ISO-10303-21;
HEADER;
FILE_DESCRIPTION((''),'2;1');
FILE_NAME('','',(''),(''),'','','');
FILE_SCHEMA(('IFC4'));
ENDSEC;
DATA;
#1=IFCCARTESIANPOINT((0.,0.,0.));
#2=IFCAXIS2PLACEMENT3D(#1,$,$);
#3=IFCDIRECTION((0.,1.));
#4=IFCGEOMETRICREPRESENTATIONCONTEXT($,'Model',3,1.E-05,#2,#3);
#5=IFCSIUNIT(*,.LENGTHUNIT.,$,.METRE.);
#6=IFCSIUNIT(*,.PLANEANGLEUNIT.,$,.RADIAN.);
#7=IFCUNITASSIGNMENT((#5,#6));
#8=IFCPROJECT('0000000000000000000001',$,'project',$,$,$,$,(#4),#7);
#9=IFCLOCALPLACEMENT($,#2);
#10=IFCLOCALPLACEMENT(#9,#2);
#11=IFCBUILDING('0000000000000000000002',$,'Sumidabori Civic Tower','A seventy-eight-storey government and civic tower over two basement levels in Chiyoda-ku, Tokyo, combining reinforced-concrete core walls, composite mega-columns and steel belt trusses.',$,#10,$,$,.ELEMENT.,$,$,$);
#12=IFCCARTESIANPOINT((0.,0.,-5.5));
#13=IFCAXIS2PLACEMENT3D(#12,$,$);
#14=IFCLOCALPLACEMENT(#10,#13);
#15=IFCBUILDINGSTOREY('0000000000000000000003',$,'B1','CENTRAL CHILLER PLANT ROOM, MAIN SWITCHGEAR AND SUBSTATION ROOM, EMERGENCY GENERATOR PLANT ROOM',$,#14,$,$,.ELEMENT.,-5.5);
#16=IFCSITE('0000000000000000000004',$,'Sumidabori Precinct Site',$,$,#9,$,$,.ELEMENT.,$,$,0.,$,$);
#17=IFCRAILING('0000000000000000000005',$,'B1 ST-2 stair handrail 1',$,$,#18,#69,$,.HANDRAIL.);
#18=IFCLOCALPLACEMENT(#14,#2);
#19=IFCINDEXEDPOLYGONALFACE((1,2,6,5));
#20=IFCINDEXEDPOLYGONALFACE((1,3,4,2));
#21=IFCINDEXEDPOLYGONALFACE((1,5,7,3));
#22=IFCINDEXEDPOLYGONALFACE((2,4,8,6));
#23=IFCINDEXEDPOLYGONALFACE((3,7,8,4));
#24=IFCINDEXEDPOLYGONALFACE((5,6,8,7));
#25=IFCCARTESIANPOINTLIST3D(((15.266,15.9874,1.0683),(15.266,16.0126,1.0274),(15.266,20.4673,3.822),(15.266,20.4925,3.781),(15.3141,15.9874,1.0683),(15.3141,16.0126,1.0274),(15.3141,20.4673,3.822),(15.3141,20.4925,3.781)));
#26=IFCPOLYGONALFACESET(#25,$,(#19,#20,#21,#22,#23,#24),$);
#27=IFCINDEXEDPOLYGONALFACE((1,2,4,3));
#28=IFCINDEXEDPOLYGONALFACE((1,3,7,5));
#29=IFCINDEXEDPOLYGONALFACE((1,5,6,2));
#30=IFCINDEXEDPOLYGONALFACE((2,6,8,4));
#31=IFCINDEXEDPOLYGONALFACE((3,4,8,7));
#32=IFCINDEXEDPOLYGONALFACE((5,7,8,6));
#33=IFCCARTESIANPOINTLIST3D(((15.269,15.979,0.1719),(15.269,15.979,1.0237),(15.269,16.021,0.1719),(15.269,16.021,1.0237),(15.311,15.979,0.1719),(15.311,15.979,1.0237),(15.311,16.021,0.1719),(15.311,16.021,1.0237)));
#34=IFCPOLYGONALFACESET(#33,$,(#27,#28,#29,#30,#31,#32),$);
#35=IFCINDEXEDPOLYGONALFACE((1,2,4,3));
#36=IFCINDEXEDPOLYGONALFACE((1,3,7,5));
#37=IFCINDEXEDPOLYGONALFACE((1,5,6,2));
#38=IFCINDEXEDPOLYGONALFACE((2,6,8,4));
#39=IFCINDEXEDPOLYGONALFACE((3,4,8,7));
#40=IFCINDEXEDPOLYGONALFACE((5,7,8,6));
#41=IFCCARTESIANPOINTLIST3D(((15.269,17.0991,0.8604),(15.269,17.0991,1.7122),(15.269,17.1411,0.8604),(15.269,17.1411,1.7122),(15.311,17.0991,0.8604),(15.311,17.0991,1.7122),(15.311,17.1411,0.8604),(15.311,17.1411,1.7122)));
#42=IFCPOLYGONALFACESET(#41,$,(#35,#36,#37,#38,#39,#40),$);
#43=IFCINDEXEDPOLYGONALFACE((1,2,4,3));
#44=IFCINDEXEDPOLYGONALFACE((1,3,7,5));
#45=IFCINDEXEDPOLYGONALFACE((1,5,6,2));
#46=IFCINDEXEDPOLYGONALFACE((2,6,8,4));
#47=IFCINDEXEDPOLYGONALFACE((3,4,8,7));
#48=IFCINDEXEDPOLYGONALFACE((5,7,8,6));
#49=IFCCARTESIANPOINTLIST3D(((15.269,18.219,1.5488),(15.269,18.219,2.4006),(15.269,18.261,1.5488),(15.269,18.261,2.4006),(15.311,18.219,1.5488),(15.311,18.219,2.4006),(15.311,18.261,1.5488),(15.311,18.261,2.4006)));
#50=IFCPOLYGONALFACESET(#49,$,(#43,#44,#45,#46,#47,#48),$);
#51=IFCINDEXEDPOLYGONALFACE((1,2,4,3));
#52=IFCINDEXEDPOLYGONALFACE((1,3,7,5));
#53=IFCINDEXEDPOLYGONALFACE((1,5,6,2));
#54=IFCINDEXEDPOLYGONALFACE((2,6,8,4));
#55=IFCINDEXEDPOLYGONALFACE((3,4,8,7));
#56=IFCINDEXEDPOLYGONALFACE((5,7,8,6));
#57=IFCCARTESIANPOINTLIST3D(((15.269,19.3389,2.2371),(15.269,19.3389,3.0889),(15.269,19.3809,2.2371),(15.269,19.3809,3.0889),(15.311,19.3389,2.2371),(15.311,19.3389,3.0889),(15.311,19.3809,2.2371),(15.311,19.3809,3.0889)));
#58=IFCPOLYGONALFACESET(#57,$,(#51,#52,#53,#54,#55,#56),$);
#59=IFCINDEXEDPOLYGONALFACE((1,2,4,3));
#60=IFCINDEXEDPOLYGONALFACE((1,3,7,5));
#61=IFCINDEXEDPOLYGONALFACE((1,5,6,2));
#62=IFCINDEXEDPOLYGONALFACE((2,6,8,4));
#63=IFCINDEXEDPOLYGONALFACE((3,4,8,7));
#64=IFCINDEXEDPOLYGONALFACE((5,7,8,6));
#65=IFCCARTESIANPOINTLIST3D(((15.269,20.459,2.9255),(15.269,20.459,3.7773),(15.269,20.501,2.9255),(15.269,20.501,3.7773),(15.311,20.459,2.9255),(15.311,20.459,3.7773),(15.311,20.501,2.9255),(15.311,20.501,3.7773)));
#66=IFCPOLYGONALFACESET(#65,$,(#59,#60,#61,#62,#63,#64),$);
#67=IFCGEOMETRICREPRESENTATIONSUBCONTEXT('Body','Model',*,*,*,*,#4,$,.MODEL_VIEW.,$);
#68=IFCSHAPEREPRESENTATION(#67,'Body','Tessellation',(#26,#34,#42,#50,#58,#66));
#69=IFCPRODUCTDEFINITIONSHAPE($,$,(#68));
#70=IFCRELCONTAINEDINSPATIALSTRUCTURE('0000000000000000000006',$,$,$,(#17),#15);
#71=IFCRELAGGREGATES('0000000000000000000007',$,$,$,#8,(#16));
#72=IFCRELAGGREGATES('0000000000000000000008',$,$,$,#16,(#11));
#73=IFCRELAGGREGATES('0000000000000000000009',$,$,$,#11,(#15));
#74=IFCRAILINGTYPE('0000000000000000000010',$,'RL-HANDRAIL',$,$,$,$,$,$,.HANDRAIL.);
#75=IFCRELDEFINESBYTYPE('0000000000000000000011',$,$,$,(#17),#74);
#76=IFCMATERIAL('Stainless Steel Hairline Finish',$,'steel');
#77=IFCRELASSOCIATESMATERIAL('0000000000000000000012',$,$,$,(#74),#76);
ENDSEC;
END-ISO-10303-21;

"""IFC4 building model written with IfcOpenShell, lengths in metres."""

from ifc_helpers import new_model, si_unit, direction, frame, origin, origin_2d, place, context, subcontext, project, spatial, rectangle, extrude, material, type_object, element, save


model = new_model("IFC4")

# Units and contexts
model_context = context("Model", 3, precision=1e-05, world=origin(), true_north=direction((0.0, 1.0)))
body_context = subcontext(model_context, "Body", "Model", "MODEL_VIEW")
ifc_project = project(units=[si_unit("LENGTHUNIT", "METRE"), si_unit("PLANEANGLEUNIT", "RADIAN")], contexts=[model_context])

# Site, building, storey
site_placement = place(None, origin())
site = spatial("IfcSite", under=ifc_project, at=site_placement, Name="Sumidabori Precinct Site", CompositionType="ELEMENT", RefElevation=0.0)
building_placement = place(site_placement, origin())
building = spatial("IfcBuilding", under=site, at=building_placement, Name="Sumidabori Civic Tower", Description="A seventy-eight-storey government and civic tower over two basement levels in Chiyoda-ku, Tokyo, combining reinforced-concrete core walls, composite mega-columns and steel belt trusses.", CompositionType="ELEMENT")
storey_placement = place(building_placement, frame((0.0, 0.0, -5.5)))
storey = spatial("IfcBuildingStorey", under=building, at=storey_placement, Name="B1", Description="CENTRAL CHILLER PLANT ROOM, MAIN SWITCHGEAR AND SUBSTATION ROOM, EMERGENCY GENERATOR PLANT ROOM", CompositionType="ELEMENT", Elevation=-5.5)

# Railing
ifc_material_1 = material(Name="Stainless Steel Hairline Finish", Category="steel")
railing_type_1 = type_object("IfcRailingType", Name="RL-HANDRAIL", PredefinedType="HANDRAIL", material=ifc_material_1)
railing_1_placement = place(storey_placement, frame((15.29, 16.0, 0.1719)))
element("IfcRailing", 1, at=railing_1_placement, inside=storey, type_object=railing_type_1, Name="B1 ST-2 stair handrail 1", PredefinedType="HANDRAIL", context=body_context, shape_type="SweptSolid", body=[
    extrude(rectangle(XDim=0.0481, YDim=0.0481, at=origin_2d()), frame((0.0, 0.0, 0.876), z_axis=(0.0, 0.851934, 0.523649), x_axis=(-1.0, 0.0, 0.0)), (0.0, 0.0, 1.0), 5.2585),
    extrude(rectangle(XDim=0.042, YDim=0.042, at=origin_2d()), origin(), (0.0, 0.0, 1.0), 0.8518),
    extrude(rectangle(XDim=0.042, YDim=0.042, at=origin_2d()), frame((0.0, 1.1201, 0.6885)), (0.0, 0.0, 1.0), 0.8518),
    extrude(rectangle(XDim=0.042, YDim=0.042, at=origin_2d()), frame((0.0, 2.24, 1.377)), (0.0, 0.0, 1.0), 0.8518),
    extrude(rectangle(XDim=0.042, YDim=0.042, at=origin_2d()), frame((0.0, 3.3599, 2.0652)), (0.0, 0.0, 1.0), 0.8518),
    extrude(rectangle(XDim=0.042, YDim=0.042, at=origin_2d()), frame((0.0, 4.48, 2.7537)), (0.0, 0.0, 1.0), 0.8518),
])

save(model, "model.ifc")
